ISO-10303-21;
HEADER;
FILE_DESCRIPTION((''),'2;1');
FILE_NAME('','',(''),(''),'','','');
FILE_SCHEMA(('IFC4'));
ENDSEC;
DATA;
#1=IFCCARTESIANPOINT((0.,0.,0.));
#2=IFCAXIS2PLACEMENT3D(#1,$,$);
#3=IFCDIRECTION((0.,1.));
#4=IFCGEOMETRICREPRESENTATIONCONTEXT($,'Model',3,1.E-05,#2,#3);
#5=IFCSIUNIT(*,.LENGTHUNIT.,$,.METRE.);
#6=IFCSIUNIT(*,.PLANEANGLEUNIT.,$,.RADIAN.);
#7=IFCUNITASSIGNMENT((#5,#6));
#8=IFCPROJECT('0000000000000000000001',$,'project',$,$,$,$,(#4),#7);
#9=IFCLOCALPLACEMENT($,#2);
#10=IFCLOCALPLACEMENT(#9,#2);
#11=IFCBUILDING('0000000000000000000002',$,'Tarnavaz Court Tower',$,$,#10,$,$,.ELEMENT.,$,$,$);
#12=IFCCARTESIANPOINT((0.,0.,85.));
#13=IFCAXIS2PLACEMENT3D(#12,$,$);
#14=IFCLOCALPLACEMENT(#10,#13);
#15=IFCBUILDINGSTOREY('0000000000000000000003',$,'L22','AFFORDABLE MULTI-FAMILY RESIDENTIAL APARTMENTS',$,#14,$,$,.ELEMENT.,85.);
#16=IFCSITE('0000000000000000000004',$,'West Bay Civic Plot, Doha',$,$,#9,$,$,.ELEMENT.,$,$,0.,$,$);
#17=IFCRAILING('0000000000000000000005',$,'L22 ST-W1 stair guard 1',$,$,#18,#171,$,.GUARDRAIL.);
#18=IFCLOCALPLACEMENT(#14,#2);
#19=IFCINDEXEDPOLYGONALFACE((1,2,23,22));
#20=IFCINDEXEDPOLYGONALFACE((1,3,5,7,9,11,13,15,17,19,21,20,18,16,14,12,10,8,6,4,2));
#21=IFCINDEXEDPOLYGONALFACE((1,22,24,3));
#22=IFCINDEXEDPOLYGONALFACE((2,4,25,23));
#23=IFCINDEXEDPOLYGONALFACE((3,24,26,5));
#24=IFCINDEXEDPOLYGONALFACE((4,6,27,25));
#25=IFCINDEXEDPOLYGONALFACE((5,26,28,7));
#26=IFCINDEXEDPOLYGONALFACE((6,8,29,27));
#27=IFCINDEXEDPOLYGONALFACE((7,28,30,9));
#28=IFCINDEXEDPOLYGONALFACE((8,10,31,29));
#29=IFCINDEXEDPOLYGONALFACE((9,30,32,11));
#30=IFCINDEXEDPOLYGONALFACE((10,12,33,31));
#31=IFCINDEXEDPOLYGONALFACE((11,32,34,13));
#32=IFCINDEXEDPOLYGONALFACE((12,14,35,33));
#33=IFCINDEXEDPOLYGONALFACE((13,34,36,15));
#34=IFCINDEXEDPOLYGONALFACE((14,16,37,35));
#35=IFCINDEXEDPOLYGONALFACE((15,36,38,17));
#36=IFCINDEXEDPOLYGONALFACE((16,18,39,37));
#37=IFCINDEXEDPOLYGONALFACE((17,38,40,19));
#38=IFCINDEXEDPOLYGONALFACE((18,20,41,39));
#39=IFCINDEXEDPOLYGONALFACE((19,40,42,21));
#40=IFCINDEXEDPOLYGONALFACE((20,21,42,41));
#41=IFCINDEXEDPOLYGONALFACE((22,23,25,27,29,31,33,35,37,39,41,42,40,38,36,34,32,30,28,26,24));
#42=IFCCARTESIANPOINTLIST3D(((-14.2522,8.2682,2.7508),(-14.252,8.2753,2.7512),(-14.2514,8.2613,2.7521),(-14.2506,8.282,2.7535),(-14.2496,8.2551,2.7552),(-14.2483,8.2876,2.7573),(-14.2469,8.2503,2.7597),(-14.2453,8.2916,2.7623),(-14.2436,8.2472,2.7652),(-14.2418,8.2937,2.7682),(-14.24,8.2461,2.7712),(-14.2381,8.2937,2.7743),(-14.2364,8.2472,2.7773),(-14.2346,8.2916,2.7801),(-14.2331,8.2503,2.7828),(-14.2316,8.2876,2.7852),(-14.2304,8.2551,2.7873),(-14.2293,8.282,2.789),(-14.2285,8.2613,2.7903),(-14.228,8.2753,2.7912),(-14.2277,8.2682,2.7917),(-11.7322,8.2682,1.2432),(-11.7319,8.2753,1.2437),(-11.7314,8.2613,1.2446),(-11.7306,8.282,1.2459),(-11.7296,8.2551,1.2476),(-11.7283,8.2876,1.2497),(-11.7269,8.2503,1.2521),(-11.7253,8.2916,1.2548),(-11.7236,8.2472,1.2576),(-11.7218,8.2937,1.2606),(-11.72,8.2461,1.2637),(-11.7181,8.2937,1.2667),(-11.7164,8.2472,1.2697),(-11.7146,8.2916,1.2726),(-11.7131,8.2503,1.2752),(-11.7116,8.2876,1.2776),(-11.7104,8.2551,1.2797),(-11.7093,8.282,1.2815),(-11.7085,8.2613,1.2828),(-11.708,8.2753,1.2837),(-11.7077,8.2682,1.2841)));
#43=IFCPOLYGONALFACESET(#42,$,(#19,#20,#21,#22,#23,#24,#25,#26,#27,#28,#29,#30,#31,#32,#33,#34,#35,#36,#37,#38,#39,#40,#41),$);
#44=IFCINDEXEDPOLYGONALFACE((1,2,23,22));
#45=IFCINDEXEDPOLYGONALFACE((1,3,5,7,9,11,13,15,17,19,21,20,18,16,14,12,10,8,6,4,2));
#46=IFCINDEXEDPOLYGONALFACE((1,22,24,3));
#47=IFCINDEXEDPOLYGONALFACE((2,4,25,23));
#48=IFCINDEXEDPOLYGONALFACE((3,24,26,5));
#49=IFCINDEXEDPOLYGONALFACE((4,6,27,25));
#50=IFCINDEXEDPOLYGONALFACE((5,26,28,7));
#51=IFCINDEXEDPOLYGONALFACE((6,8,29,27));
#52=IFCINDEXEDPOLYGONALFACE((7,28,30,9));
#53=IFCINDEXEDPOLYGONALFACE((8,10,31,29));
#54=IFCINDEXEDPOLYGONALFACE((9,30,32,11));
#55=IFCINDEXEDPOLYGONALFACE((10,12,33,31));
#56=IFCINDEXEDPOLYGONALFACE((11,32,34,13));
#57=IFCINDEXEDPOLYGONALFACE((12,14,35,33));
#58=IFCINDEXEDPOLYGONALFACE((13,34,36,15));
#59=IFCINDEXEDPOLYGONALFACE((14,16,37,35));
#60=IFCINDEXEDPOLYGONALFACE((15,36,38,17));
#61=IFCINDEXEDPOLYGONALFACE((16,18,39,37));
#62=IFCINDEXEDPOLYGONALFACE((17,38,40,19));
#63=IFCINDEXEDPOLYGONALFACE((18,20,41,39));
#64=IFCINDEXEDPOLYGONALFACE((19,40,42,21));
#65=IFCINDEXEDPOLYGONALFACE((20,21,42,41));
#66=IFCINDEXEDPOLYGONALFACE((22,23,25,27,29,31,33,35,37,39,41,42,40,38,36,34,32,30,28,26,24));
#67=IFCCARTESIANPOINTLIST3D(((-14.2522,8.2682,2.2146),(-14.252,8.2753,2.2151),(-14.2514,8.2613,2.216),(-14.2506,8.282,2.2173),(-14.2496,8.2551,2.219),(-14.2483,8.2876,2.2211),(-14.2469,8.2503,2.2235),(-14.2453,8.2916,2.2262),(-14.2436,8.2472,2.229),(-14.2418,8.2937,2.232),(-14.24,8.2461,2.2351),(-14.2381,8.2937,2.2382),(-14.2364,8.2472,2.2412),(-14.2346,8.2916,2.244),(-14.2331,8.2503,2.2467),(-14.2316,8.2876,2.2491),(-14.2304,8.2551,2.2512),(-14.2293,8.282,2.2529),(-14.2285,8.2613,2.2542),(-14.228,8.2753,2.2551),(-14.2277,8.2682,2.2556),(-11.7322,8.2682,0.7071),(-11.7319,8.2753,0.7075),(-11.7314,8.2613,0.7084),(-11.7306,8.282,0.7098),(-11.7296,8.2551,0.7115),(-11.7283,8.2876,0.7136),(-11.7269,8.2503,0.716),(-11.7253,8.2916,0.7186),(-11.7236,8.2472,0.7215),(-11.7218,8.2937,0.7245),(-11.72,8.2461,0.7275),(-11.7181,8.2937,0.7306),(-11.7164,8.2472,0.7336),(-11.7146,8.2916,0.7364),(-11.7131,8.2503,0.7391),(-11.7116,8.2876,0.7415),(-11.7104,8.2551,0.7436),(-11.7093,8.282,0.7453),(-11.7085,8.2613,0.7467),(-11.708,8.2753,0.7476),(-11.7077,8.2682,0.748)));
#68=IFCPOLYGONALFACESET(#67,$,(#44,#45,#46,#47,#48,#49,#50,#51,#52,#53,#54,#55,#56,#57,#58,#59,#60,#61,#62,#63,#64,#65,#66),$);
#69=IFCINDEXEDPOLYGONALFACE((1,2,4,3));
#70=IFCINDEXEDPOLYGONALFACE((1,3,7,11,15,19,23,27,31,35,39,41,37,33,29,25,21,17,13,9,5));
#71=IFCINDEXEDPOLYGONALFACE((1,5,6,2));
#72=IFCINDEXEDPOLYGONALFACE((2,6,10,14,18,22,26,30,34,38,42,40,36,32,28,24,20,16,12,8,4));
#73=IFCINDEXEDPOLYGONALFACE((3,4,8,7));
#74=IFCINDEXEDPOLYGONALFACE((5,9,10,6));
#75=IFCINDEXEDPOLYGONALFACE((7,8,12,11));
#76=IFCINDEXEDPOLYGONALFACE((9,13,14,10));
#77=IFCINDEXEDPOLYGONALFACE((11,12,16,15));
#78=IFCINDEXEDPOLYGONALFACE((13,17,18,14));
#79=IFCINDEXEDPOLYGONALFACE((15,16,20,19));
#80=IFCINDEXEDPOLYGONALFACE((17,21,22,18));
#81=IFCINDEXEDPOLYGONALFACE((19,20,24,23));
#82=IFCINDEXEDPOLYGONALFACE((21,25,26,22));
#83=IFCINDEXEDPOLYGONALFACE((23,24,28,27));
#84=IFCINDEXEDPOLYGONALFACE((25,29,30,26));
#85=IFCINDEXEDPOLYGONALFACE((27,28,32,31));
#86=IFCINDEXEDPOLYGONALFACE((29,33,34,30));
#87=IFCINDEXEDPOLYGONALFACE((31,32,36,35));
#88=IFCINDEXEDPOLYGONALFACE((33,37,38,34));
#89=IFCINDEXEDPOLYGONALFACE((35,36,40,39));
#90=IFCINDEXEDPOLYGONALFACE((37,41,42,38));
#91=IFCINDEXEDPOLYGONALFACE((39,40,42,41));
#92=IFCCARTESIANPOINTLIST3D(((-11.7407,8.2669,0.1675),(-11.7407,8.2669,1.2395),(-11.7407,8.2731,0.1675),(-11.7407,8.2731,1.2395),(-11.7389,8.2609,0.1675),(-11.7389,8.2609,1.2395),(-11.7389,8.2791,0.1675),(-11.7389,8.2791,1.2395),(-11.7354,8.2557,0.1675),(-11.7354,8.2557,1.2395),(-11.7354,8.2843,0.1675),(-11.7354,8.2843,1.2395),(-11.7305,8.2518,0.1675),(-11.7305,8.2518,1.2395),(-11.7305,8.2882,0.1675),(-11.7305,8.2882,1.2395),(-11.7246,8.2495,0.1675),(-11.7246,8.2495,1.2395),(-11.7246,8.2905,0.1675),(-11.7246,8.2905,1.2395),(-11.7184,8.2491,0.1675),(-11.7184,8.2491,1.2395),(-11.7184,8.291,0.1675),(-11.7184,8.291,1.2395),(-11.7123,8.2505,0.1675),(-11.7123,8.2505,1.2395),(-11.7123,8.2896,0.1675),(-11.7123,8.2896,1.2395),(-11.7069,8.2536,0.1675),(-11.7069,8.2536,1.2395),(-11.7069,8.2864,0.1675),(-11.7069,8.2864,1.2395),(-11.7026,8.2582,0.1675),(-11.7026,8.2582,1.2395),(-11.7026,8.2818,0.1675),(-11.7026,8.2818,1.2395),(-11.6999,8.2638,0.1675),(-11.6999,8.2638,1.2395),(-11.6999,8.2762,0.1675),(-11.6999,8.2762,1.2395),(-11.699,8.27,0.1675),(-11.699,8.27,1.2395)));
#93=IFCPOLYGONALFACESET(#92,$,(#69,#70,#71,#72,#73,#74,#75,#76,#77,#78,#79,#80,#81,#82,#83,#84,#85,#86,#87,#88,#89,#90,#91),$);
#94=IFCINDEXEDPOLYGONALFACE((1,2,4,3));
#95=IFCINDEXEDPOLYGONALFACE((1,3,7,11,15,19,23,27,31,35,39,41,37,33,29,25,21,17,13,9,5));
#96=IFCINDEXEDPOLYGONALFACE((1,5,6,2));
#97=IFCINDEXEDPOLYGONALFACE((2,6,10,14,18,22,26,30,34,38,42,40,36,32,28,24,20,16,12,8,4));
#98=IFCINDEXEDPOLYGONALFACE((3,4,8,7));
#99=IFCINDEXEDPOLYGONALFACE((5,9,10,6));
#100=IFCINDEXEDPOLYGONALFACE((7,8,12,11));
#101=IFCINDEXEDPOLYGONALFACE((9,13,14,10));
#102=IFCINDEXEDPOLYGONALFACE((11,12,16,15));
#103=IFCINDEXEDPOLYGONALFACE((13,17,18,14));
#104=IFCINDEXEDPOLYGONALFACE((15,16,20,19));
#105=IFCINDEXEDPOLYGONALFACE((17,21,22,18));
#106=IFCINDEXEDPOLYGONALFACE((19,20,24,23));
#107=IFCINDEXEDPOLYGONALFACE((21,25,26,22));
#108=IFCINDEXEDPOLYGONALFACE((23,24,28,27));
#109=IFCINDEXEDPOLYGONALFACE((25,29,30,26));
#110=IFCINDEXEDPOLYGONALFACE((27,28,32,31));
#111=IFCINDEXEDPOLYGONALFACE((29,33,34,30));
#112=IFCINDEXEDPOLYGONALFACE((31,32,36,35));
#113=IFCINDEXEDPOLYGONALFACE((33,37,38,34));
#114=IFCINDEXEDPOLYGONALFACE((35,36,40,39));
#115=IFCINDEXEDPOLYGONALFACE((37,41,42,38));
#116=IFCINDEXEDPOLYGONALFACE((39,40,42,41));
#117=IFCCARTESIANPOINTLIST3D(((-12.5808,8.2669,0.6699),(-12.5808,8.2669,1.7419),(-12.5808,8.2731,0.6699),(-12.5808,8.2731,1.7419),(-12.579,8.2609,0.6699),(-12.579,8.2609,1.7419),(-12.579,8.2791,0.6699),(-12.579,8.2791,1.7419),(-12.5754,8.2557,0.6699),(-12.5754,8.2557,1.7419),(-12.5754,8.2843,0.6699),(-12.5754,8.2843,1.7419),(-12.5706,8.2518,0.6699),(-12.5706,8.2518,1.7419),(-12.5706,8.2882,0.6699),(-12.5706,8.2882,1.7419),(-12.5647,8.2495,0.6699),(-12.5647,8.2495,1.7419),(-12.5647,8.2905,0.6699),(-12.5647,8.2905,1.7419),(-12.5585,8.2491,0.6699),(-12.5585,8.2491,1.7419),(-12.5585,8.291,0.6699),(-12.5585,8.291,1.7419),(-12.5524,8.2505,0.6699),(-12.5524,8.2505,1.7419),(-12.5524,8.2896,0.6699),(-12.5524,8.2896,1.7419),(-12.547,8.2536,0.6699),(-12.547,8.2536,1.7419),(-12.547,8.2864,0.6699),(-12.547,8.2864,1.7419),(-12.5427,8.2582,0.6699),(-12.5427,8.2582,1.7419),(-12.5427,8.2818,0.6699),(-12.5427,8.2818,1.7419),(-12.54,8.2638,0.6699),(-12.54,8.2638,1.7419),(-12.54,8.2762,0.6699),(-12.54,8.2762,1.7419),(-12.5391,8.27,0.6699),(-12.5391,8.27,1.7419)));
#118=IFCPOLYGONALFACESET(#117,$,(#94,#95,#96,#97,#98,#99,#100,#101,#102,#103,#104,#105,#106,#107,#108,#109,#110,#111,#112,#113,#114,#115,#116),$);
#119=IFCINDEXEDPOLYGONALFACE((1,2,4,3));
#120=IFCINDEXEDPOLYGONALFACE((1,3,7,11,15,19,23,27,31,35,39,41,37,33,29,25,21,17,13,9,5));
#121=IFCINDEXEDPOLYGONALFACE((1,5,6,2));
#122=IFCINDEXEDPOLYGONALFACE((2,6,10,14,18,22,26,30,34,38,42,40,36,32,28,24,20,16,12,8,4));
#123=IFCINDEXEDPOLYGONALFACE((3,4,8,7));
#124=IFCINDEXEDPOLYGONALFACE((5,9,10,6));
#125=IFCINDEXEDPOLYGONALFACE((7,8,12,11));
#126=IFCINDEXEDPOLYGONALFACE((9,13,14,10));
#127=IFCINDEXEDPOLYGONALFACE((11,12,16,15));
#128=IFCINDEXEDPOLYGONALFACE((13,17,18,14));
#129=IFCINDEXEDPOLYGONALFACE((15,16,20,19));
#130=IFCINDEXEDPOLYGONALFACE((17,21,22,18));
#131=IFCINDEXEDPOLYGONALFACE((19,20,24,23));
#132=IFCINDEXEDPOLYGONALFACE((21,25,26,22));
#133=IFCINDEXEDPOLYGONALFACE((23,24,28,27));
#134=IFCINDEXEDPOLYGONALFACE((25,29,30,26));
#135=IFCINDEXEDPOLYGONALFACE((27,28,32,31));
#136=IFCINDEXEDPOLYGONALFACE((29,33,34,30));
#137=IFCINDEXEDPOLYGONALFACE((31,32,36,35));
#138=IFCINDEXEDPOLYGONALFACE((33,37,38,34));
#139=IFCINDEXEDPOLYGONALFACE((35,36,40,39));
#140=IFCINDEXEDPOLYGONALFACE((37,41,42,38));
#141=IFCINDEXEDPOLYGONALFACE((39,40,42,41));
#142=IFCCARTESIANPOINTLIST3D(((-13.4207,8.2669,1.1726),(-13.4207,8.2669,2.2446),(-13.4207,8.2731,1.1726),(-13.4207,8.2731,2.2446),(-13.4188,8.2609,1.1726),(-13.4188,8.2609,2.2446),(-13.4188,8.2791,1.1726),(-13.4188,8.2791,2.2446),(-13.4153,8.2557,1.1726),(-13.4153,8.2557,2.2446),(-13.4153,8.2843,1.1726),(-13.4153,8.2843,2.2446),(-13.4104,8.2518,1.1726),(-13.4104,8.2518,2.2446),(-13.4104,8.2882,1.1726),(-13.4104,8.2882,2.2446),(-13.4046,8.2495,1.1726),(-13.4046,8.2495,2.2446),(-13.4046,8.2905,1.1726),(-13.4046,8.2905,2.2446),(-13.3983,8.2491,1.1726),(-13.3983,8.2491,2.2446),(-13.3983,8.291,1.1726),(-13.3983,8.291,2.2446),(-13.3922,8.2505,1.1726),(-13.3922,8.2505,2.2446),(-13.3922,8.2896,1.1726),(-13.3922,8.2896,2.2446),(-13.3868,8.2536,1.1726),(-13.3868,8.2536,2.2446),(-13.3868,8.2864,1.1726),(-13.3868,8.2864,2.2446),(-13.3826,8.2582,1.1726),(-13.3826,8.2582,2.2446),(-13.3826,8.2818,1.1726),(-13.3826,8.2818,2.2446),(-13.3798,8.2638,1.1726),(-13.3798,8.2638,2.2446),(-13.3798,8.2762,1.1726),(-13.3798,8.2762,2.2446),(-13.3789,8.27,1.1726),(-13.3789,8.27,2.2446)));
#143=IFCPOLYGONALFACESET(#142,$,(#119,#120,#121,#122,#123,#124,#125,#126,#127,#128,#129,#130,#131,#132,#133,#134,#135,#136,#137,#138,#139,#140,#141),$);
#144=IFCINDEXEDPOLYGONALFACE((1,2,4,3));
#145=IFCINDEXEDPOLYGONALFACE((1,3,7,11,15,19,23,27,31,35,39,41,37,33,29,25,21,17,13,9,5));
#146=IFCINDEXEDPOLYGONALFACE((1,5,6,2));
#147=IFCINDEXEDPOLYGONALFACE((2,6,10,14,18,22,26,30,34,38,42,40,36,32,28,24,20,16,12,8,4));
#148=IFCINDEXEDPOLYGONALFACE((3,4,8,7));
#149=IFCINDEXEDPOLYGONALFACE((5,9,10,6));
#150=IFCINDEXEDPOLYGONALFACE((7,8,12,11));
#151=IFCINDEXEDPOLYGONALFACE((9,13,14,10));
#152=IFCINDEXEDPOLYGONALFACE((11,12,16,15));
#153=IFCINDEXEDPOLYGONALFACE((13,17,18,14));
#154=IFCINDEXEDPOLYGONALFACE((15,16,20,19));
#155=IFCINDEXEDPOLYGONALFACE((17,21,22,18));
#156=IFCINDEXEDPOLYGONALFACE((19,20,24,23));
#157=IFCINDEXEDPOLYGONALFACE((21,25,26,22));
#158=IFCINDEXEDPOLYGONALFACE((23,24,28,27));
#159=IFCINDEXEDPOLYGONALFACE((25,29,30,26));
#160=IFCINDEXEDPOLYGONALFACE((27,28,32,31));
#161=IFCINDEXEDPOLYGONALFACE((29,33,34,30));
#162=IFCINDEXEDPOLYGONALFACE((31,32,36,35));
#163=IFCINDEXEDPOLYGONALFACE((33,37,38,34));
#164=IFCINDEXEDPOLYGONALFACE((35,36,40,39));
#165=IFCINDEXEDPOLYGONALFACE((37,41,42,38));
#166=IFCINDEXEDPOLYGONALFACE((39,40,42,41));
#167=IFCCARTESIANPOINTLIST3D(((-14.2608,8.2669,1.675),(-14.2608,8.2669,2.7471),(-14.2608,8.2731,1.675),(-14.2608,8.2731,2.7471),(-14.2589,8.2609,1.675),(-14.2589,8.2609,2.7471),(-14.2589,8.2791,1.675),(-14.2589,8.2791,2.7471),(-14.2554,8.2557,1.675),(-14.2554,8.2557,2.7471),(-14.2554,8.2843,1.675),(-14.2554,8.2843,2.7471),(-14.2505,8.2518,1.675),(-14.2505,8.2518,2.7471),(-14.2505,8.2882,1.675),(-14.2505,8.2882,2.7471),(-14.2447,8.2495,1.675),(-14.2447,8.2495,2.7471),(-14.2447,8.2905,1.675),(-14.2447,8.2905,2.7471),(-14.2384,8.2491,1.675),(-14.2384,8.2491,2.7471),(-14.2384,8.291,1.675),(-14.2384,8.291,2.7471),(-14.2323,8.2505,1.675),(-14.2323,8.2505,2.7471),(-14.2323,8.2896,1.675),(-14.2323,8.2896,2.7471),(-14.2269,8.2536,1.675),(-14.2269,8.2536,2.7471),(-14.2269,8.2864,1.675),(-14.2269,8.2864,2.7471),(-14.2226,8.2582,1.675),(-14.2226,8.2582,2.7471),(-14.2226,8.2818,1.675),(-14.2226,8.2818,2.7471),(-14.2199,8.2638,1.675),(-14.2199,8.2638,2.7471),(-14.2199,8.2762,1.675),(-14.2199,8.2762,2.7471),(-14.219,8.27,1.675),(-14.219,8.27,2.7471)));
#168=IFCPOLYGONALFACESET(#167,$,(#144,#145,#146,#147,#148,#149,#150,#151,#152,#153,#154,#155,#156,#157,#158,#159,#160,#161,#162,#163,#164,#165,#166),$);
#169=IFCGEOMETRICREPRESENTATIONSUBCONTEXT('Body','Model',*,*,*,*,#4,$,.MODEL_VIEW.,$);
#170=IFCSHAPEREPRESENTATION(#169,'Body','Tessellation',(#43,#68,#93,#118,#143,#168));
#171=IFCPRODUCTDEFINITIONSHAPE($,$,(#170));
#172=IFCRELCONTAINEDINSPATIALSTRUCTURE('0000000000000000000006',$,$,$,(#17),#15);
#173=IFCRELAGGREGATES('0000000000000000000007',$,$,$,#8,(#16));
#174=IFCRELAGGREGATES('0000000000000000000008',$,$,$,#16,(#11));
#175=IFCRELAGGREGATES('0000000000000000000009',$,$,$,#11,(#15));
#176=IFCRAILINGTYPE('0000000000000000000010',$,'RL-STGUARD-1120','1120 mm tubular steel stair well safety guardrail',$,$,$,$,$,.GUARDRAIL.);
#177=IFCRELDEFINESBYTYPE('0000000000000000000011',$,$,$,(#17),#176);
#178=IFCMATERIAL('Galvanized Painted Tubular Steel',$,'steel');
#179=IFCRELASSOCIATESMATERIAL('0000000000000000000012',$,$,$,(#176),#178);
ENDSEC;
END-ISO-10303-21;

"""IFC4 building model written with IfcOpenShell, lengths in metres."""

from ifc_helpers import new_model, si_unit, direction, frame, origin, origin_2d, place, context, subcontext, project, spatial, circle, extrude, material, type_object, element, save


model = new_model("IFC4")

# Units and contexts
model_context = context("Model", 3, precision=1e-05, world=origin(), true_north=direction((0.0, 1.0)))
body_context = subcontext(model_context, "Body", "Model", "MODEL_VIEW")
ifc_project = project(units=[si_unit("LENGTHUNIT", "METRE"), si_unit("PLANEANGLEUNIT", "RADIAN")], contexts=[model_context])

# Site, building, storey
site_placement = place(None, origin())
site = spatial("IfcSite", under=ifc_project, at=site_placement, Name="West Bay Civic Plot, Doha", CompositionType="ELEMENT", RefElevation=0.0)
building_placement = place(site_placement, origin())
building = spatial("IfcBuilding", under=site, at=building_placement, Name="Tarnavaz Court Tower", CompositionType="ELEMENT")
storey_placement = place(building_placement, frame((0.0, 0.0, 85.0)))
storey = spatial("IfcBuildingStorey", under=building, at=storey_placement, Name="L22", Description="AFFORDABLE MULTI-FAMILY RESIDENTIAL APARTMENTS", CompositionType="ELEMENT", Elevation=85.0)

# Railing
ifc_material_1 = material(Name="Galvanized Painted Tubular Steel", Category="steel")
railing_type_1 = type_object("IfcRailingType", Name="RL-STGUARD-1120", Description="1120 mm tubular steel stair well safety guardrail", PredefinedType="GUARDRAIL", material=ifc_material_1)
railing_1_placement = place(storey_placement, frame((-11.72, 8.27, 0.1675)))
element("IfcRailing", 1, at=railing_1_placement, inside=storey, type_object=railing_type_1, Name="L22 ST-W1 stair guard 1", PredefinedType="GUARDRAIL", context=body_context, shape_type="SweptSolid", body=[
    extrude(circle(Radius=0.0239, at=origin_2d()), frame((0.0, 0.0, 1.0962), z_axis=(-0.85816, 0.0, 0.513383), x_axis=(0.0, -1.0, 0.0)), (0.0, 0.0, 1.0), 2.9365),
    extrude(circle(Radius=0.0239, at=origin_2d()), frame((0.0, 0.0, 0.5601), z_axis=(-0.85816, 0.0, 0.513383), x_axis=(0.0, -1.0, 0.0)), (0.0, 0.0, 1.0), 2.9365),
    extrude(circle(Radius=0.021, at=origin_2d()), origin(), (0.0, 0.0, 1.0), 1.072),
    extrude(circle(Radius=0.021, at=origin_2d()), frame((-0.8401, 0.0, 0.5024)), (0.0, 0.0, 1.0), 1.072),
    extrude(circle(Radius=0.021, at=origin_2d()), frame((-1.6799, 0.0, 1.0051)), (0.0, 0.0, 1.0), 1.072),
    extrude(circle(Radius=0.021, at=origin_2d()), frame((-2.52, 0.0, 1.5076)), (0.0, 0.0, 1.0), 1.072),
])

save(model, "model.ifc")
